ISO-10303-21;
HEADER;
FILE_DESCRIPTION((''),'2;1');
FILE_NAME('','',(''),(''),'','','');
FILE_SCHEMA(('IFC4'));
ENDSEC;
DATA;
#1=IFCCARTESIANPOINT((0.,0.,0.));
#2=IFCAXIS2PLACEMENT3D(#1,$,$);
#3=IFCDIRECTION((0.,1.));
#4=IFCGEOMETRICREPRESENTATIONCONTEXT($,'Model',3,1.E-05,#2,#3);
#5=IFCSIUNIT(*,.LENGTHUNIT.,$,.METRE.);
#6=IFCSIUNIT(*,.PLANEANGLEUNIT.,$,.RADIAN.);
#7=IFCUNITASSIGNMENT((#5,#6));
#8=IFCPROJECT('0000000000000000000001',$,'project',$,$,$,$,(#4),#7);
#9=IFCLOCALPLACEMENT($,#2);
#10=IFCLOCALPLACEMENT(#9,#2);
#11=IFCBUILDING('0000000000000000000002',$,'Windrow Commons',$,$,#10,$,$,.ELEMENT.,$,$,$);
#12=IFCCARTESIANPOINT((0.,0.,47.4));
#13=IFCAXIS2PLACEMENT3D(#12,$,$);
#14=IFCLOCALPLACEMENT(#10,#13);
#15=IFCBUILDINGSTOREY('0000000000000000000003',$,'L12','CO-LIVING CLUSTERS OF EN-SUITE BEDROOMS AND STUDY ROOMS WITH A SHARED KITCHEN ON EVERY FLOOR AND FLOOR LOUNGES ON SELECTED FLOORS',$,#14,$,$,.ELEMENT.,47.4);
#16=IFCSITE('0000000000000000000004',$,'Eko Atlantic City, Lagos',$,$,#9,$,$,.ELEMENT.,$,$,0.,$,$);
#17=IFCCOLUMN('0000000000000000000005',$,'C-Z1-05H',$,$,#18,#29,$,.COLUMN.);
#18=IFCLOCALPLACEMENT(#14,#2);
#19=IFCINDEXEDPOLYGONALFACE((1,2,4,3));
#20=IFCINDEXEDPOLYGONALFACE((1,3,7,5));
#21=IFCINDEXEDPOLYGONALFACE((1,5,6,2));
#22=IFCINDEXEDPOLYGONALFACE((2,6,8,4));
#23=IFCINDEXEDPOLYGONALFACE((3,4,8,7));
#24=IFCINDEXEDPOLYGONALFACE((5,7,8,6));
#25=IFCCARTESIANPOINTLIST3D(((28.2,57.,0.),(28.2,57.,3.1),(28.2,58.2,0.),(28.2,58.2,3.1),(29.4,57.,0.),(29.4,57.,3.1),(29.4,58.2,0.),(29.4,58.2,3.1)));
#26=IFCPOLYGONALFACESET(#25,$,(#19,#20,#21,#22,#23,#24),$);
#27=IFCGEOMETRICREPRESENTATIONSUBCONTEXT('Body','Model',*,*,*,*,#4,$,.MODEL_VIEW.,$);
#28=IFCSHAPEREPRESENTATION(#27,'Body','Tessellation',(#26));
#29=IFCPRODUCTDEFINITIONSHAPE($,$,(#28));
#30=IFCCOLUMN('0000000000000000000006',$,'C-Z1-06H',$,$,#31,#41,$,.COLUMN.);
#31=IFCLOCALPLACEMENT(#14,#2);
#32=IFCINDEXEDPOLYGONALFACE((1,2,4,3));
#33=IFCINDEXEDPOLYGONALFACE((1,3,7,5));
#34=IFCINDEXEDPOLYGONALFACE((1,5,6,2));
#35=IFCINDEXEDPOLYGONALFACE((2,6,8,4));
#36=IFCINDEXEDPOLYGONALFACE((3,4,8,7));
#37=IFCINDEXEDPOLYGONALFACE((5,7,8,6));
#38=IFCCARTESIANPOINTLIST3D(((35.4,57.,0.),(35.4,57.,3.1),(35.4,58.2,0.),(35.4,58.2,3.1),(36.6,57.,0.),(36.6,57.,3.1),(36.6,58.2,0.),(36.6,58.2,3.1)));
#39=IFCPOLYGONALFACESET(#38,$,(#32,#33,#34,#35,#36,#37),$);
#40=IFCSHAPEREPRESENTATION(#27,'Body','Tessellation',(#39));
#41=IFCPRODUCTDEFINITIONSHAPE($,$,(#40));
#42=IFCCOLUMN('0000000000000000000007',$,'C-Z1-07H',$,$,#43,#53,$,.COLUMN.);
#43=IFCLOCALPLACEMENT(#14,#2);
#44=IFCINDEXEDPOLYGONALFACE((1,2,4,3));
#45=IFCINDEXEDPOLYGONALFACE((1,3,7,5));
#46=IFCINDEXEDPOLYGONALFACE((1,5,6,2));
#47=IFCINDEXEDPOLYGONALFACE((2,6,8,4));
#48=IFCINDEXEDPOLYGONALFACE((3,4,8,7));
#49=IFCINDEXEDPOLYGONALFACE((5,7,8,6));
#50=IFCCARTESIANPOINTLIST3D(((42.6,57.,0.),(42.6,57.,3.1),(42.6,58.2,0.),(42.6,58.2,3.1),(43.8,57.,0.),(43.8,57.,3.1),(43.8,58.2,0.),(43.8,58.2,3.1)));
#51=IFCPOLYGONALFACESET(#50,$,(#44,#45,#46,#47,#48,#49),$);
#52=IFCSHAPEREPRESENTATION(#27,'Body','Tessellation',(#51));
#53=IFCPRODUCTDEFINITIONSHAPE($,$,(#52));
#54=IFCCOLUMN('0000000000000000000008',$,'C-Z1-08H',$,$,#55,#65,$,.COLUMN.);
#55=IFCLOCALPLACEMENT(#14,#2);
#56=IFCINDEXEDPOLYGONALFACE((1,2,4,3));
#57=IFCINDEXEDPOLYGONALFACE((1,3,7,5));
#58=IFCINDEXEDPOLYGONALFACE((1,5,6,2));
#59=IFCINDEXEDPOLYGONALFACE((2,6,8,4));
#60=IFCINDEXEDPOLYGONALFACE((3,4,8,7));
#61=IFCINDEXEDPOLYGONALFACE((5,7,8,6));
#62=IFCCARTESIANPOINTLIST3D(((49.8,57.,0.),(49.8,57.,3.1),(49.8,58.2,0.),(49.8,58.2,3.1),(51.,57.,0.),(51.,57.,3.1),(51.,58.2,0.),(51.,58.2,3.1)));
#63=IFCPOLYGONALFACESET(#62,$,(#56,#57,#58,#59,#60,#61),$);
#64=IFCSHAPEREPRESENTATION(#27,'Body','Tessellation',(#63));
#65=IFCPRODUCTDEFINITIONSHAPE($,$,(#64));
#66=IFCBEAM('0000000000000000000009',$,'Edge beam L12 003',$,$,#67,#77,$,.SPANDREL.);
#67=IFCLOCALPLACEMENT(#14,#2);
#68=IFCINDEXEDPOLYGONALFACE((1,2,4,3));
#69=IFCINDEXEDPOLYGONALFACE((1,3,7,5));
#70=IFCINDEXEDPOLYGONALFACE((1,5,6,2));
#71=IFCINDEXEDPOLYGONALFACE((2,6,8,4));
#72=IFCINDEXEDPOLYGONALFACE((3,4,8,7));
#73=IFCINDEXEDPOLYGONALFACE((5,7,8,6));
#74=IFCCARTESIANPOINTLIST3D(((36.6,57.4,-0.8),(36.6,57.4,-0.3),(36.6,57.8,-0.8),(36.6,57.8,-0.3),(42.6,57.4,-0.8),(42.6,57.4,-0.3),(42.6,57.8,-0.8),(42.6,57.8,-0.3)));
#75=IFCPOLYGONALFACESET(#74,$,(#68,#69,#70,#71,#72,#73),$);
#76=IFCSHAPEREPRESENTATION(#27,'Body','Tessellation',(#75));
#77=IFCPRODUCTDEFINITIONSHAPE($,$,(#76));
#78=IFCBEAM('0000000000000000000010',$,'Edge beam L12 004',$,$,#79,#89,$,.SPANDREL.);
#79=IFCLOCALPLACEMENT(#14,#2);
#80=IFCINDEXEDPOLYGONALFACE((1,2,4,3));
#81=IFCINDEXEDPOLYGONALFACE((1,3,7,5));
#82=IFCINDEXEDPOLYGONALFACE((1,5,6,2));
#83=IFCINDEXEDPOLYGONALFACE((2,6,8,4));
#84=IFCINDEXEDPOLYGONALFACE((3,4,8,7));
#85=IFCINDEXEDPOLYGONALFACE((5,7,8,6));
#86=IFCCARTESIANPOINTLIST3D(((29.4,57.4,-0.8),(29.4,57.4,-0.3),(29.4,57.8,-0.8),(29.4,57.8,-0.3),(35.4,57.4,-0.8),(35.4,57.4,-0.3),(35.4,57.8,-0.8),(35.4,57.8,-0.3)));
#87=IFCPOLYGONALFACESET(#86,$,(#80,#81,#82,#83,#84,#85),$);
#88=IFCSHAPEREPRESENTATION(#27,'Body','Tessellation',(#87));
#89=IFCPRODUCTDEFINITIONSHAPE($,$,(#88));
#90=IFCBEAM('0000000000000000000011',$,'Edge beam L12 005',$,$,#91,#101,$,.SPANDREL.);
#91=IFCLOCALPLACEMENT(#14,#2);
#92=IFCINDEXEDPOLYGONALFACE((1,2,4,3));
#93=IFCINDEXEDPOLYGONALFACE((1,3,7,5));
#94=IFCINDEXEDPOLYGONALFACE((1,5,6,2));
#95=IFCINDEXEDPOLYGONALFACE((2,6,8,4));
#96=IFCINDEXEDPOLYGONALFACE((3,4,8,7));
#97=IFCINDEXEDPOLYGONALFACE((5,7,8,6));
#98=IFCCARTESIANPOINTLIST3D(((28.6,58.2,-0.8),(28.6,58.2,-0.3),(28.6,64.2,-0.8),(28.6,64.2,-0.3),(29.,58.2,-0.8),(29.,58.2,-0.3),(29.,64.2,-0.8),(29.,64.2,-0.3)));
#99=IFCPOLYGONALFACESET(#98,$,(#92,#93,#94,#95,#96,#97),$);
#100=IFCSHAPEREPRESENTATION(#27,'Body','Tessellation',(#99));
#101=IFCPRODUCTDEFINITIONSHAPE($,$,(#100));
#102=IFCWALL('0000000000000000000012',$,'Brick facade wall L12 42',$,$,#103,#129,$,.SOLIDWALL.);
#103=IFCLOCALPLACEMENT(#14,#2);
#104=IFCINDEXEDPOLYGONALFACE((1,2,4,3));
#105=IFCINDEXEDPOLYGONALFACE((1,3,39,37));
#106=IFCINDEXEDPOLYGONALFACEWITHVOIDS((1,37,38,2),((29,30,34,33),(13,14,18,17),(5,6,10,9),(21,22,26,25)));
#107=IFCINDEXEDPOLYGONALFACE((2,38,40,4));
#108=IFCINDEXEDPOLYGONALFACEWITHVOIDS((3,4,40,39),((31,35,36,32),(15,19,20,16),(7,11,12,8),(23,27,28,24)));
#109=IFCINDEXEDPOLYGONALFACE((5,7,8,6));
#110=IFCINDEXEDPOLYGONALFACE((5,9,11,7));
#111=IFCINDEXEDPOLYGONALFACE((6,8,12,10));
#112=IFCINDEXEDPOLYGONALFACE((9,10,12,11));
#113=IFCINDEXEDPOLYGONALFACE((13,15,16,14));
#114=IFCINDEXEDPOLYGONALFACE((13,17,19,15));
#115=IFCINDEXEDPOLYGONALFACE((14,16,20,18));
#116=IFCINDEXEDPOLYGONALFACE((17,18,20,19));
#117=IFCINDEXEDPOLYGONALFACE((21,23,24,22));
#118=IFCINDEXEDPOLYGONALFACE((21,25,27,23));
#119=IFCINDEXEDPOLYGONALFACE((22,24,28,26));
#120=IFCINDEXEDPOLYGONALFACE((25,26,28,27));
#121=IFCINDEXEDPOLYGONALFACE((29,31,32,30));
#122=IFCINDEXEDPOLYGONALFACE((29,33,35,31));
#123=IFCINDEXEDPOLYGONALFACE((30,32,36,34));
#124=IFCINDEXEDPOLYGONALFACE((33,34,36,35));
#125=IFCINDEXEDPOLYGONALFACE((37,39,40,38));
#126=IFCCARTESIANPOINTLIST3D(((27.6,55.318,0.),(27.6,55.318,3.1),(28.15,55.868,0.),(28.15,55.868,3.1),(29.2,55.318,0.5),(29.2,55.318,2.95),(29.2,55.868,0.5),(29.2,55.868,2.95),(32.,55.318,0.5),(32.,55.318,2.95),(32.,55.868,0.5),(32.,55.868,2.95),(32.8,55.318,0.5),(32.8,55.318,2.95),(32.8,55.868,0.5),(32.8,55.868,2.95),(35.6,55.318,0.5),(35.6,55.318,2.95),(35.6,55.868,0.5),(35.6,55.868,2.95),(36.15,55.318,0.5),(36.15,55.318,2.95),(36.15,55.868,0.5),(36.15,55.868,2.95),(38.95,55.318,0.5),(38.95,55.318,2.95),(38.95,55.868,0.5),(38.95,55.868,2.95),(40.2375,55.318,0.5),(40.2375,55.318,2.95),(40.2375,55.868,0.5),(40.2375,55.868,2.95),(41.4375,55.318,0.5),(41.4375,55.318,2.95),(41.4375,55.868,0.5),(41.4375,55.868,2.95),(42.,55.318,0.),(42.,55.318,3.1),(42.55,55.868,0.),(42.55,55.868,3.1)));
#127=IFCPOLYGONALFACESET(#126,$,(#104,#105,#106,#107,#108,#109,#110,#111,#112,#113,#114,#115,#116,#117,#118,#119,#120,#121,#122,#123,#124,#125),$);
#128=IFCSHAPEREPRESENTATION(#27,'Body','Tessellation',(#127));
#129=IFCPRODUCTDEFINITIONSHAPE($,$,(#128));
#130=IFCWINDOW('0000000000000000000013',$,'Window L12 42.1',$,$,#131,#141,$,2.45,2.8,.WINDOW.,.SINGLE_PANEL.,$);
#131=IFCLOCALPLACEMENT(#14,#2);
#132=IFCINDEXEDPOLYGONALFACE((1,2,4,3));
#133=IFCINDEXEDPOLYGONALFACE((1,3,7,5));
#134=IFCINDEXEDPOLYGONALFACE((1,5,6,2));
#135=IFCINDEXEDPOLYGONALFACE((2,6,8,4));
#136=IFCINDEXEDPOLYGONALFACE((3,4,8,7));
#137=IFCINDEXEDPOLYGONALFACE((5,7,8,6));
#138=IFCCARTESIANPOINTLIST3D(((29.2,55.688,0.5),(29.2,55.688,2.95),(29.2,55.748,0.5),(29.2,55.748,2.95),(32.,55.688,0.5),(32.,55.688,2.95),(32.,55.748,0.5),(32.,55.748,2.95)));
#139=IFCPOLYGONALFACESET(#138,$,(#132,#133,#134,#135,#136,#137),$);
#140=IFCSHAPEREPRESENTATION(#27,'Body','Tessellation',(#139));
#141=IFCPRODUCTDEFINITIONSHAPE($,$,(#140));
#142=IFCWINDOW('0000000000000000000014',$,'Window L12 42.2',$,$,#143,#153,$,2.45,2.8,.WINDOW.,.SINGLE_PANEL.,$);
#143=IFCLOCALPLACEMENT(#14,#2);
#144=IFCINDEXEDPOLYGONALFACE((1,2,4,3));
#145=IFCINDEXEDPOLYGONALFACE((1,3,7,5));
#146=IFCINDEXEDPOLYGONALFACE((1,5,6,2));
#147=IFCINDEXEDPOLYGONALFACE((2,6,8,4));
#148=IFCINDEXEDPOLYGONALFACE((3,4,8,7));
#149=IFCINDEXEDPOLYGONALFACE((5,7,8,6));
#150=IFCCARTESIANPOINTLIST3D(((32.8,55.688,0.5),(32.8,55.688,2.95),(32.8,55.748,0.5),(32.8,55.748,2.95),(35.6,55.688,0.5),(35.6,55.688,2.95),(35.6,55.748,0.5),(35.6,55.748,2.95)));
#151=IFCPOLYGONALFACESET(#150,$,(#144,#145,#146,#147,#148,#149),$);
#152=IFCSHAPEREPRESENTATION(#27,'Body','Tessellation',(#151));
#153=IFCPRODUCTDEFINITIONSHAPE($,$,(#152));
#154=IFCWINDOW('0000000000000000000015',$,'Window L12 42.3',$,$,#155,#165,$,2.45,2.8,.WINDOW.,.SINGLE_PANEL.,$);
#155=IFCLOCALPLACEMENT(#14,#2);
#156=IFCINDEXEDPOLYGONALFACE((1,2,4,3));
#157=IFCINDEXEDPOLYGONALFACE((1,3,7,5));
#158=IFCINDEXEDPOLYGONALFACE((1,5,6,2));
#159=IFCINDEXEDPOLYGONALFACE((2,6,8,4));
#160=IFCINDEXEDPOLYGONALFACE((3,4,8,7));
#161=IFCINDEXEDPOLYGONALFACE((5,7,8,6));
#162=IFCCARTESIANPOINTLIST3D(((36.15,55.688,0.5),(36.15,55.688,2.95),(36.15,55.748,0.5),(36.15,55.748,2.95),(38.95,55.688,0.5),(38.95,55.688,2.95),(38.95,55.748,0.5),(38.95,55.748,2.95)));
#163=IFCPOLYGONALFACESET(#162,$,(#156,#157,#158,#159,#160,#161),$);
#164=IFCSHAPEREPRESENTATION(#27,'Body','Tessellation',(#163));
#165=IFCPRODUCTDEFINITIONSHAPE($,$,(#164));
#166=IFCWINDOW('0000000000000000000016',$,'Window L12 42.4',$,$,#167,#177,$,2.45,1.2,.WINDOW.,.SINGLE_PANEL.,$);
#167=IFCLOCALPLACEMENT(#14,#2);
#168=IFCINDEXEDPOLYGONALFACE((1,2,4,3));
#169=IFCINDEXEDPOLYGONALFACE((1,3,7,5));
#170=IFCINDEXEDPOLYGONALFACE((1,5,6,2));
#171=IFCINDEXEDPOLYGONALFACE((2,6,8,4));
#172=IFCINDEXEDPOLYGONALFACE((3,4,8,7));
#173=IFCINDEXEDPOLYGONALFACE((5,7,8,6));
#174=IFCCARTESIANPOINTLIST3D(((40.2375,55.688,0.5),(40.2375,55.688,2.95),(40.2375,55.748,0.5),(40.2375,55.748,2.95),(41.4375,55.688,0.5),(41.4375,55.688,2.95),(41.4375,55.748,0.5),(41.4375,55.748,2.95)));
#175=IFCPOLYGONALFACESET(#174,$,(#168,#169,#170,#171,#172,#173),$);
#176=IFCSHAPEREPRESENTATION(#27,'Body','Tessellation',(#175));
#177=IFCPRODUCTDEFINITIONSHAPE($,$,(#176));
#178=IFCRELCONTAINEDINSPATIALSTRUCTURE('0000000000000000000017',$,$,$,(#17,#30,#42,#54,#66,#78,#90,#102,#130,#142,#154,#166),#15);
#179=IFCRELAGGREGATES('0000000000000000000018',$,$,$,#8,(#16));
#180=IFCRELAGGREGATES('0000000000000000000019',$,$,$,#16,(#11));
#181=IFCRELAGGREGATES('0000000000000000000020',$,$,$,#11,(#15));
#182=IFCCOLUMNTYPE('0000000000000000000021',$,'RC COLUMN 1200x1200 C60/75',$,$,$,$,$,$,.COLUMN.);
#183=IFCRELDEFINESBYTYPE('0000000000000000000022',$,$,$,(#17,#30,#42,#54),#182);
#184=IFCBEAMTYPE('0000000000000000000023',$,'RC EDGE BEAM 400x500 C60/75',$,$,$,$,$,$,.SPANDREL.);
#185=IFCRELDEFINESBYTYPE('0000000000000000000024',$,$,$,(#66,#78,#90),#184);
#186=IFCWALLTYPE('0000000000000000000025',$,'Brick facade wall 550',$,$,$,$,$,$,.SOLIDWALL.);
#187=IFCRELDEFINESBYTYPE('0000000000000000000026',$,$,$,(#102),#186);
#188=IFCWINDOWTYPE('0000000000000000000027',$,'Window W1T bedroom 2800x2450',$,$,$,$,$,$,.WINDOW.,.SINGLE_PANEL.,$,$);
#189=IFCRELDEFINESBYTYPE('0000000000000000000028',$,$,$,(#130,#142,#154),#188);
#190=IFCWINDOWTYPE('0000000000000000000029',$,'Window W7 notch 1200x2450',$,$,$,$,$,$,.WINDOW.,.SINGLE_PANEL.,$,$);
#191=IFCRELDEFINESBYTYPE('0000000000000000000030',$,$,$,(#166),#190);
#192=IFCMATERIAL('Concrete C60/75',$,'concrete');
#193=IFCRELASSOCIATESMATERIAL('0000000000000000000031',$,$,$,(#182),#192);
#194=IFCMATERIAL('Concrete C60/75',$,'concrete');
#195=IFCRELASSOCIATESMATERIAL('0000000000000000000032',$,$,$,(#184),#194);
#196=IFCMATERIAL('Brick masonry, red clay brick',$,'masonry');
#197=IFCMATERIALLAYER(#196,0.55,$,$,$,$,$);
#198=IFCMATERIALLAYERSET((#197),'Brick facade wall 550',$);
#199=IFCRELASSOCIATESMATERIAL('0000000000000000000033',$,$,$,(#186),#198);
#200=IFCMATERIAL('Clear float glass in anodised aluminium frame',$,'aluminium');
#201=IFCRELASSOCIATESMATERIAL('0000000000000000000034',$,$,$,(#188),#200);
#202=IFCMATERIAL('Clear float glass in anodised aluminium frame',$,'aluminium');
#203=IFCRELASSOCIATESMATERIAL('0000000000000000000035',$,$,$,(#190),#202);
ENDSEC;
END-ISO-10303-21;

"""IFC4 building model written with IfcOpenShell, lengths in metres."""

from ifc_helpers import new_model, si_unit, direction, frame, frame_2d, origin, origin_2d, place, context, subcontext, project, spatial, polyline, rectangle, outline, extrude, material, layer, layer_set, material_profile, profile_set, type_object, element, fill, save


model = new_model("IFC4")

# Units and contexts
model_context = context("Model", 3, precision=1e-05, world=origin(), true_north=direction((0.0, 1.0)))
body_context = subcontext(model_context, "Body", "Model", "MODEL_VIEW")
ifc_project = project(units=[si_unit("LENGTHUNIT", "METRE"), si_unit("PLANEANGLEUNIT", "RADIAN")], contexts=[model_context])

# Site, building, storey
site_placement = place(None, origin())
site = spatial("IfcSite", under=ifc_project, at=site_placement, Name="Eko Atlantic City, Lagos", CompositionType="ELEMENT", RefElevation=0.0)
building_placement = place(site_placement, origin())
building = spatial("IfcBuilding", under=site, at=building_placement, Name="Windrow Commons", CompositionType="ELEMENT")
storey_placement = place(building_placement, frame((0.0, 0.0, 47.4)))
storey = spatial("IfcBuildingStorey", under=building, at=storey_placement, Name="L12", Description="CO-LIVING CLUSTERS OF EN-SUITE BEDROOMS AND STUDY ROOMS WITH A SHARED KITCHEN ON EVERY FLOOR AND FLOOR LOUNGES ON SELECTED FLOORS", CompositionType="ELEMENT", Elevation=47.4)

# Columns
ifc_material_1 = material(Name="Concrete C60/75", Category="concrete")
ifc_material_profile_1 = material_profile(ifc_material_1, rectangle(XDim=1.2, YDim=1.2, at=origin_2d()))
ifc_profile_set_1 = profile_set([ifc_material_profile_1], Name="Concrete C60/75")
column_type = type_object("IfcColumnType", Name="RC COLUMN 1200x1200 C60/75", PredefinedType="COLUMN", material=ifc_profile_set_1)
for number, where, z_axis, x_axis, name in (
    (1, (28.8, 57.6, 0.0), (0.0, 0.0, 1.0), (1.0, 0.0, 0.0), "C-Z1-05H"),
    (2, (36.0, 57.6, 0.0), (0.0, 0.0, 1.0), (1.0, 0.0, 0.0), "C-Z1-06H"),
    (3, (43.2, 57.6, 0.0), (0.0, 0.0, 1.0), (1.0, 0.0, 0.0), "C-Z1-07H"),
    (4, (50.4, 57.6, 0.0), (0.0, 0.0, 1.0), (1.0, 0.0, 0.0), "C-Z1-08H"),
):
    element("IfcColumn", number, at=place(storey_placement, frame(where, z_axis=z_axis, x_axis=x_axis)), inside=storey, type_object=column_type, Name=name, PredefinedType="COLUMN", context=body_context, shape_type="SweptSolid", body=[
        extrude(rectangle(XDim=1.2, YDim=1.2, at=origin_2d()), origin(), (0.0, 0.0, 1.0), 3.1),
    ])

# Beams
ifc_material_2 = material(Name="Concrete C60/75", Category="concrete")
ifc_material_profile_2 = material_profile(ifc_material_2, rectangle(XDim=0.4, YDim=0.5, at=origin_2d()))
ifc_profile_set_2 = profile_set([ifc_material_profile_2], Name="Concrete C60/75")
beam_type = type_object("IfcBeamType", Name="RC EDGE BEAM 400x500 C60/75", PredefinedType="SPANDREL", material=ifc_profile_set_2)
for number, where, z_axis, x_axis, name in (
    (5, (42.6, 57.6, -0.55), (-1.0, 0.0, 0.0), (0.0, -1.0, 0.0), "Edge beam L12 003"),
    (6, (35.4, 57.6, -0.55), (-1.0, 0.0, 0.0), (0.0, -1.0, 0.0), "Edge beam L12 004"),
    (7, (28.8, 58.2, -0.55), (0.0, 1.0, 0.0), (-1.0, 0.0, 0.0), "Edge beam L12 005"),
):
    element("IfcBeam", number, at=place(storey_placement, frame(where, z_axis=z_axis, x_axis=x_axis)), inside=storey, type_object=beam_type, Name=name, PredefinedType="SPANDREL", context=body_context, shape_type="SweptSolid", body=[
        extrude(rectangle(XDim=0.4, YDim=0.5, at=origin_2d()), origin(), (0.0, 0.0, 1.0), 6.0),
    ])

# Wall, openings, windows
ifc_material_3 = material(Name="Brick masonry, red clay brick", Category="masonry")
ifc_layer_1 = layer(ifc_material_3, 0.55)
ifc_layer_set_1 = layer_set([ifc_layer_1], Name="Brick facade wall 550")
wall_type_1 = type_object("IfcWallType", Name="Brick facade wall 550", PredefinedType="SOLIDWALL", material=ifc_layer_set_1)
wall_1_placement = place(storey_placement, frame((27.875, 55.593, 0.0), z_axis=(0.0, 0.0, 1.0), x_axis=(1.0, 0.0, 0.0)))
wall_1 = element("IfcWall", 8, at=wall_1_placement, inside=storey, type_object=wall_type_1, Name="Brick facade wall L12 42", PredefinedType="SOLIDWALL", context=body_context, shape_type="SweptSolid", body=[
    extrude(outline(polyline([(-0.275, -0.275), (14.125, -0.275), (14.675, 0.275), (0.275, 0.275), (-0.275, -0.275)])), origin(), (0.0, 0.0, 1.0), 3.1),
])
opening_1_placement = place(wall_1_placement, frame((1.325, 0.0, 0.5)))
opening_1 = element("IfcOpeningElement", 9, at=opening_1_placement, cuts=wall_1, PredefinedType="OPENING", context=body_context, shape_type="SweptSolid", body=[
    extrude(rectangle(XDim=2.8, YDim=2.45, at=frame_2d((1.4, 1.225))), frame((0.0, 0.285, 0.0), z_axis=(0.0, -1.0, 0.0), x_axis=(1.0, 0.0, 0.0)), (0.0, 0.0, 1.0), 0.57),
])
opening_2_placement = place(wall_1_placement, frame((4.925, 0.0, 0.5)))
opening_2 = element("IfcOpeningElement", 10, at=opening_2_placement, cuts=wall_1, PredefinedType="OPENING", context=body_context, shape_type="SweptSolid", body=[
    extrude(rectangle(XDim=2.8, YDim=2.45, at=frame_2d((1.4, 1.225))), frame((0.0, 0.285, 0.0), z_axis=(0.0, -1.0, 0.0), x_axis=(1.0, 0.0, 0.0)), (0.0, 0.0, 1.0), 0.57),
])
opening_3_placement = place(wall_1_placement, frame((8.275, 0.0, 0.5)))
opening_3 = element("IfcOpeningElement", 11, at=opening_3_placement, cuts=wall_1, PredefinedType="OPENING", context=body_context, shape_type="SweptSolid", body=[
    extrude(rectangle(XDim=2.8, YDim=2.45, at=frame_2d((1.4, 1.225))), frame((0.0, 0.285, 0.0), z_axis=(0.0, -1.0, 0.0), x_axis=(1.0, 0.0, 0.0)), (0.0, 0.0, 1.0), 0.57),
])
opening_4_placement = place(wall_1_placement, frame((12.3625, 0.0, 0.5)))
opening_4 = element("IfcOpeningElement", 12, at=opening_4_placement, cuts=wall_1, PredefinedType="OPENING", context=body_context, shape_type="SweptSolid", body=[
    extrude(rectangle(XDim=1.2, YDim=2.45, at=frame_2d((0.6, 1.225))), frame((0.0, 0.285, 0.0), z_axis=(0.0, -1.0, 0.0), x_axis=(1.0, 0.0, 0.0)), (0.0, 0.0, 1.0), 0.57),
])
ifc_material_4 = material(Name="Clear float glass in anodised aluminium frame", Category="aluminium")
window_type_1 = type_object("IfcWindowType", Name="Window W1T bedroom 2800x2450", PartitioningType="SINGLE_PANEL", PredefinedType="WINDOW", material=ifc_material_4)
window_1_placement = place(opening_1_placement, origin())
window_1 = element("IfcWindow", 13, at=window_1_placement, inside=storey, type_object=window_type_1, Name="Window L12 42.1", OverallHeight=2.45, OverallWidth=2.8, PartitioningType="SINGLE_PANEL", PredefinedType="WINDOW", context=body_context, shape_type="SweptSolid", body=[
    extrude(rectangle(XDim=2.8, YDim=2.45, at=frame_2d((1.4, 1.225))), frame((0.0, 0.155, 0.0), z_axis=(0.0, -1.0, 0.0), x_axis=(1.0, 0.0, 0.0)), (0.0, 0.0, 1.0), 0.06),
])
fill(opening_1, window_1)
window_2_placement = place(opening_2_placement, origin())
window_2 = element("IfcWindow", 14, at=window_2_placement, inside=storey, type_object=window_type_1, Name="Window L12 42.2", OverallHeight=2.45, OverallWidth=2.8, PartitioningType="SINGLE_PANEL", PredefinedType="WINDOW", context=body_context, shape_type="SweptSolid", body=[
    extrude(rectangle(XDim=2.8, YDim=2.45, at=frame_2d((1.4, 1.225))), frame((0.0, 0.155, 0.0), z_axis=(0.0, -1.0, 0.0), x_axis=(1.0, 0.0, 0.0)), (0.0, 0.0, 1.0), 0.06),
])
fill(opening_2, window_2)
window_3_placement = place(opening_3_placement, origin())
window_3 = element("IfcWindow", 15, at=window_3_placement, inside=storey, type_object=window_type_1, Name="Window L12 42.3", OverallHeight=2.45, OverallWidth=2.8, PartitioningType="SINGLE_PANEL", PredefinedType="WINDOW", context=body_context, shape_type="SweptSolid", body=[
    extrude(rectangle(XDim=2.8, YDim=2.45, at=frame_2d((1.4, 1.225))), frame((0.0, 0.155, 0.0), z_axis=(0.0, -1.0, 0.0), x_axis=(1.0, 0.0, 0.0)), (0.0, 0.0, 1.0), 0.06),
])
fill(opening_3, window_3)
ifc_material_5 = material(Name="Clear float glass in anodised aluminium frame", Category="aluminium")
window_type_2 = type_object("IfcWindowType", Name="Window W7 notch 1200x2450", PartitioningType="SINGLE_PANEL", PredefinedType="WINDOW", material=ifc_material_5)
window_4_placement = place(opening_4_placement, origin())
window_4 = element("IfcWindow", 16, at=window_4_placement, inside=storey, type_object=window_type_2, Name="Window L12 42.4", OverallHeight=2.45, OverallWidth=1.2, PartitioningType="SINGLE_PANEL", PredefinedType="WINDOW", context=body_context, shape_type="SweptSolid", body=[
    extrude(rectangle(XDim=1.2, YDim=2.45, at=frame_2d((0.6, 1.225))), frame((0.0, 0.155, 0.0), z_axis=(0.0, -1.0, 0.0), x_axis=(1.0, 0.0, 0.0)), (0.0, 0.0, 1.0), 0.06),
])
fill(opening_4, window_4)

save(model, "model.ifc")
